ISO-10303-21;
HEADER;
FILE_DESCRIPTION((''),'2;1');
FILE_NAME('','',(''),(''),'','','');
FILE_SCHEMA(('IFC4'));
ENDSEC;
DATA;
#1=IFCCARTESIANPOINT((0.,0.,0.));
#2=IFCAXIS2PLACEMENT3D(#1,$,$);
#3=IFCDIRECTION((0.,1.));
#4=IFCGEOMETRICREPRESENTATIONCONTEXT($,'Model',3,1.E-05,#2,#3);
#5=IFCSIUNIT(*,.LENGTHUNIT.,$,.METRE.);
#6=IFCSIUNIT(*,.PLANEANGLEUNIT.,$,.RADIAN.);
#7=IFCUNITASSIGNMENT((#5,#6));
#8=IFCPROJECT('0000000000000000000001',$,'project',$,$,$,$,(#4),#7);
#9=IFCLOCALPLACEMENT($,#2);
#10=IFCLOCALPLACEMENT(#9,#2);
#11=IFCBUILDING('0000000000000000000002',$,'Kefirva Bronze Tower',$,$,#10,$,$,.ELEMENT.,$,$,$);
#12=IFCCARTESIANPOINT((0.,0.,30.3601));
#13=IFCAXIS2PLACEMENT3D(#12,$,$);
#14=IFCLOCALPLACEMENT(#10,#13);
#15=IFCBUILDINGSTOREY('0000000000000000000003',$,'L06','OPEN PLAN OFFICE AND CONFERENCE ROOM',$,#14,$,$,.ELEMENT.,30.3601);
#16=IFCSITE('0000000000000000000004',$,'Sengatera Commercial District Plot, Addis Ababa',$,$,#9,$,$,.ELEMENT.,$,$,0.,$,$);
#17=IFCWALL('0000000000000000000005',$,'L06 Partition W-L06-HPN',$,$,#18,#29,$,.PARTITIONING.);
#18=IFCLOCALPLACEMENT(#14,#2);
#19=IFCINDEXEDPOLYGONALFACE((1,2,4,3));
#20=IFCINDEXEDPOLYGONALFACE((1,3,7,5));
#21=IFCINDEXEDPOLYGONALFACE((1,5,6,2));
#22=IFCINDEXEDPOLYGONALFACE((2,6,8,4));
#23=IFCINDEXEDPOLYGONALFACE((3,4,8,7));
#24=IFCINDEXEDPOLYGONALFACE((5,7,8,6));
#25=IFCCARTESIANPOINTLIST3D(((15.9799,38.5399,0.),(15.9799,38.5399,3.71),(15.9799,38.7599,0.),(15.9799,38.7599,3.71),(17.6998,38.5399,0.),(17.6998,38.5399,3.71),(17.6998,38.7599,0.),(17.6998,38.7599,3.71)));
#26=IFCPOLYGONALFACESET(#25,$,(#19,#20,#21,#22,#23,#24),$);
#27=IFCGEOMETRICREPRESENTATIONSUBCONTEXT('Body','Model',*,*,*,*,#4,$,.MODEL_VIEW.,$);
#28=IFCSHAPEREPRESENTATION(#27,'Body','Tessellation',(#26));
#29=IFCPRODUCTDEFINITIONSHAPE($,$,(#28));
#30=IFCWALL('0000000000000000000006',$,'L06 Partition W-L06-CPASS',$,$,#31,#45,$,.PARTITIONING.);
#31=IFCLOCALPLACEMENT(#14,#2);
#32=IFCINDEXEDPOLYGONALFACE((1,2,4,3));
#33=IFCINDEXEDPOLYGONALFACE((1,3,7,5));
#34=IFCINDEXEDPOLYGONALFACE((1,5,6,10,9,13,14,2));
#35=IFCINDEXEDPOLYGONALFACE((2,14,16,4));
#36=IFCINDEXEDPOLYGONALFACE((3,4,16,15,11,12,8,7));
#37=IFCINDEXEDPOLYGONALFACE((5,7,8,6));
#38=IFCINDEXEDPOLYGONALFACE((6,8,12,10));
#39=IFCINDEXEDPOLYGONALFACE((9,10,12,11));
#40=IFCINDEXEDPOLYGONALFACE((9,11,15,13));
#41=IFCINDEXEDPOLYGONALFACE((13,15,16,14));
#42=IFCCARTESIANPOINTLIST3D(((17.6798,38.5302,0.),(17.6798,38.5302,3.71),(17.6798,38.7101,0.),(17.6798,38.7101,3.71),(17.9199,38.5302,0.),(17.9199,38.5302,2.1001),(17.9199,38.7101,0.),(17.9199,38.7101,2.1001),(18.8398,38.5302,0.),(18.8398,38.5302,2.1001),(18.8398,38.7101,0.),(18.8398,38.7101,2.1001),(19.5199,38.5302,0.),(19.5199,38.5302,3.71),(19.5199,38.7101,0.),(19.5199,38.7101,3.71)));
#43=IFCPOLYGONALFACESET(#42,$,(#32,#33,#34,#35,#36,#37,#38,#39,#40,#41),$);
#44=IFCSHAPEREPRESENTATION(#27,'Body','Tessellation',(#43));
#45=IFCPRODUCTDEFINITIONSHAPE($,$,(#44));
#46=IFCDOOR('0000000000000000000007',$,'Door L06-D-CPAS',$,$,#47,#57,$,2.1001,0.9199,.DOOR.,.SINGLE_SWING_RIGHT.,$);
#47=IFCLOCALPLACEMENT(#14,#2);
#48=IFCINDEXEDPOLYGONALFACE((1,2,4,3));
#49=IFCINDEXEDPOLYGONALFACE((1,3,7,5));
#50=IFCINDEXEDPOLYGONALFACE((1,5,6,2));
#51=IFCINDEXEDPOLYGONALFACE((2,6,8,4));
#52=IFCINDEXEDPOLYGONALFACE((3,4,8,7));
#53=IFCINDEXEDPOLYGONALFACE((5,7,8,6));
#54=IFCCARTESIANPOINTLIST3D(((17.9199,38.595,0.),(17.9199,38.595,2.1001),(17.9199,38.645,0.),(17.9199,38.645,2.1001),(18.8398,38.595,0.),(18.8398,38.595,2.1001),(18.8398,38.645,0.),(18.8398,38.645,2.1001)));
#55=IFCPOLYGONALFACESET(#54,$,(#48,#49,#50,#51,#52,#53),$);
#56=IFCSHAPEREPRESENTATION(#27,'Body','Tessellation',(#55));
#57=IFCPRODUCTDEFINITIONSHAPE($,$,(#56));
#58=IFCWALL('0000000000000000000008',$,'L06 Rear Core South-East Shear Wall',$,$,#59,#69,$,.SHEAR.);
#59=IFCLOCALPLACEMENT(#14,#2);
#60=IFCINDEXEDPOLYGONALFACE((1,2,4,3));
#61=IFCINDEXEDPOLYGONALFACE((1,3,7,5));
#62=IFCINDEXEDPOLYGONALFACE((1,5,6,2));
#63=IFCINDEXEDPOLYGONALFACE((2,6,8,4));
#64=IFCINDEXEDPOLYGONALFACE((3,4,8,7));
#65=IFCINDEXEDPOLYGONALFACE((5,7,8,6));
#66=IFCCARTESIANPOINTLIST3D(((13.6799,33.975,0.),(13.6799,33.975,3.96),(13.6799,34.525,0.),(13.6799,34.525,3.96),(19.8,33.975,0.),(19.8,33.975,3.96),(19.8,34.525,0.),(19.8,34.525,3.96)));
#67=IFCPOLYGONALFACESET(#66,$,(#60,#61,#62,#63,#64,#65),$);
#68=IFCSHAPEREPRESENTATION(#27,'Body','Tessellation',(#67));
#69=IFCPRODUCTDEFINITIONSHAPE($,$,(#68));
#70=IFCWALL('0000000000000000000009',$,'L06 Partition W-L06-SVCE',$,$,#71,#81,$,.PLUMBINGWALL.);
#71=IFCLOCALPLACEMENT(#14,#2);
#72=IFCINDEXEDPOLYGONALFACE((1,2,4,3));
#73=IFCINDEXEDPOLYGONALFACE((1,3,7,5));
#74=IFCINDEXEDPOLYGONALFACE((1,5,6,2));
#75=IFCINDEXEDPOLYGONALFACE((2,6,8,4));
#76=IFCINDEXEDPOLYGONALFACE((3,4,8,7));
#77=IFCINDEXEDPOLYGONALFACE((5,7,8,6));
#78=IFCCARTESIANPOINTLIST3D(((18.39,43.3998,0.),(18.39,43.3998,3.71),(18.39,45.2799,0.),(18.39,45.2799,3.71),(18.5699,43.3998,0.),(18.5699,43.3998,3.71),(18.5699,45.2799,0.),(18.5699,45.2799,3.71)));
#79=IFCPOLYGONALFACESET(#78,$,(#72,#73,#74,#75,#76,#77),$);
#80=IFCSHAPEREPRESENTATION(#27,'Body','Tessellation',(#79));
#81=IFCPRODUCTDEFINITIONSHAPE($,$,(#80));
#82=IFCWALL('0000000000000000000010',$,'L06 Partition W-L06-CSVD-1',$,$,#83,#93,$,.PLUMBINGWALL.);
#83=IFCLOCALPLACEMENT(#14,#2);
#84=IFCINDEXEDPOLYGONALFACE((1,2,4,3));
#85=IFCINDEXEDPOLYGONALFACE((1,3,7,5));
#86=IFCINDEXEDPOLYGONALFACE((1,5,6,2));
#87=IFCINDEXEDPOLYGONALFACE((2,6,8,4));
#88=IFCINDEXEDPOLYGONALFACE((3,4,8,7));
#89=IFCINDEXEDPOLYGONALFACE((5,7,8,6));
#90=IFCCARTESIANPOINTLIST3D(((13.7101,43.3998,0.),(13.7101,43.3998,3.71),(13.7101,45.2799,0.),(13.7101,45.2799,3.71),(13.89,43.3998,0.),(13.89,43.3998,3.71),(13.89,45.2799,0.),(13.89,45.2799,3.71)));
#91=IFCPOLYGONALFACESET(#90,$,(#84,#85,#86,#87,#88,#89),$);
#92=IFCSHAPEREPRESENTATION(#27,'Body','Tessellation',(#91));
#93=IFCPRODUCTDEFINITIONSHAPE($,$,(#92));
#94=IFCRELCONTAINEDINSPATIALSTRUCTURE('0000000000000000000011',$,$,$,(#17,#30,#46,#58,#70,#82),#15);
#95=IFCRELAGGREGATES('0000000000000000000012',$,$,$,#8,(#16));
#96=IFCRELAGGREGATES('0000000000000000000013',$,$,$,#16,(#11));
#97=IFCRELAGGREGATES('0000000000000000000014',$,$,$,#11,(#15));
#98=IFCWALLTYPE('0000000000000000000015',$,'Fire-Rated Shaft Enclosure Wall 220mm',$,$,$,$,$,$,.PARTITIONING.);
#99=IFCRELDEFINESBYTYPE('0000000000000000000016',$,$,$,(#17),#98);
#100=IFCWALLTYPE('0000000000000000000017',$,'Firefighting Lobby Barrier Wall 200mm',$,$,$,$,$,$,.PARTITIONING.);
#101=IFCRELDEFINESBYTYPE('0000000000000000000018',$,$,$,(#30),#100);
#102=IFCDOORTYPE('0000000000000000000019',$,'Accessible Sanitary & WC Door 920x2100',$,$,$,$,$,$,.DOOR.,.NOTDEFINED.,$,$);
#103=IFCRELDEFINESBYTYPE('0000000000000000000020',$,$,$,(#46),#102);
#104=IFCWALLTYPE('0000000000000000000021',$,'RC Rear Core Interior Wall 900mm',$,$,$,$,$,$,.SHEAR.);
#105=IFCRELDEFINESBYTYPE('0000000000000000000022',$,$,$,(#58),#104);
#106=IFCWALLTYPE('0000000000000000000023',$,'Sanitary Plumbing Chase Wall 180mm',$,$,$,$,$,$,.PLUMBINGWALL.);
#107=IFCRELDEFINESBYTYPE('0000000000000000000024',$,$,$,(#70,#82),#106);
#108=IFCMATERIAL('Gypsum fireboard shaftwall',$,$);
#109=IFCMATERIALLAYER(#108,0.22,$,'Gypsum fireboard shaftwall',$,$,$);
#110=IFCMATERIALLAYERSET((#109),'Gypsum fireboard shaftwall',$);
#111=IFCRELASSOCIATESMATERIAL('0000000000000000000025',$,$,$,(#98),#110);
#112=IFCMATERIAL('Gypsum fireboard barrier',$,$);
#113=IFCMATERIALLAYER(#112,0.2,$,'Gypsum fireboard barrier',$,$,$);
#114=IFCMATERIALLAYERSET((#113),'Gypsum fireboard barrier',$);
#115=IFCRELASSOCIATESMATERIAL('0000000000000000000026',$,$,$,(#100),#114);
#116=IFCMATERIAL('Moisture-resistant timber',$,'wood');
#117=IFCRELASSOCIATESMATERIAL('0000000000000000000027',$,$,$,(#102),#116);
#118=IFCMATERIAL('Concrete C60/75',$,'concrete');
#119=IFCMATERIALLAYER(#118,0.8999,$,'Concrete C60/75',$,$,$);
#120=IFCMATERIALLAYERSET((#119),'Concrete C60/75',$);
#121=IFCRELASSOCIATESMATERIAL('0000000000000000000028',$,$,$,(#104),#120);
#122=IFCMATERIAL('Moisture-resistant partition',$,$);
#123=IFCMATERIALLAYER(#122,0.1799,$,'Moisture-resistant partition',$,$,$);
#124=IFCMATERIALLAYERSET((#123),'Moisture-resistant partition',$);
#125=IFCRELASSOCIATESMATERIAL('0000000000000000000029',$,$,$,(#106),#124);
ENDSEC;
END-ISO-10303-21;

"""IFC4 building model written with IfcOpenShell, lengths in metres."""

from ifc_helpers import new_model, si_unit, direction, frame, frame_2d, origin, place, context, subcontext, project, spatial, rectangle, extrude, material, layer, layer_set, type_object, element, fill, save


model = new_model("IFC4")

# Units and contexts
model_context = context("Model", 3, precision=1e-05, world=origin(), true_north=direction((0.0, 1.0)))
body_context = subcontext(model_context, "Body", "Model", "MODEL_VIEW")
ifc_project = project(units=[si_unit("LENGTHUNIT", "METRE"), si_unit("PLANEANGLEUNIT", "RADIAN")], contexts=[model_context])

# Site, building, storey
site_placement = place(None, origin())
site = spatial("IfcSite", under=ifc_project, at=site_placement, Name="Sengatera Commercial District Plot, Addis Ababa", CompositionType="ELEMENT", RefElevation=0.0)
building_placement = place(site_placement, origin())
building = spatial("IfcBuilding", under=site, at=building_placement, Name="Kefirva Bronze Tower", CompositionType="ELEMENT")
storey_placement = place(building_placement, frame((0.0, 0.0, 30.3601)))
storey = spatial("IfcBuildingStorey", under=building, at=storey_placement, Name="L06", Description="OPEN PLAN OFFICE AND CONFERENCE ROOM", CompositionType="ELEMENT", Elevation=30.3601)

# Shared definitions
ifc_material_1 = material(Name="Concrete C60/75", Category="concrete")

# Shared definitions
ifc_material_2 = material(Name="Gypsum fireboard shaftwall")
ifc_layer_1 = layer(ifc_material_2, 0.22, Name="Gypsum fireboard shaftwall")
ifc_layer_set_1 = layer_set([ifc_layer_1], Name="Gypsum fireboard shaftwall")
wall_type_1 = type_object("IfcWallType", Name="Fire-Rated Shaft Enclosure Wall 220mm", PredefinedType="PARTITIONING", material=ifc_layer_set_1)

# Wall
wall_1_placement = place(storey_placement, frame((15.98, 38.6499, 0.0), z_axis=(0.0, 0.0, 1.0), x_axis=(1.0, 0.0, 0.0)))
element("IfcWall", 1, at=wall_1_placement, inside=storey, type_object=wall_type_1, Name="L06 Partition W-L06-HPN", PredefinedType="PARTITIONING", context=body_context, shape_type="SweptSolid", body=[
    extrude(rectangle(XDim=1.72, YDim=0.22, at=frame_2d((0.8599, 0.0))), origin(), (0.0, 0.0, 1.0), 3.71),
])

# Wall, opening, door
ifc_material_3 = material(Name="Gypsum fireboard barrier")
ifc_layer_2 = layer(ifc_material_3, 0.2, Name="Gypsum fireboard barrier")
ifc_layer_set_2 = layer_set([ifc_layer_2], Name="Gypsum fireboard barrier")
wall_type_2 = type_object("IfcWallType", Name="Firefighting Lobby Barrier Wall 200mm", PredefinedType="PARTITIONING", material=ifc_layer_set_2)
wall_2_placement = place(storey_placement, frame((17.6799, 38.6201, 0.0), z_axis=(0.0, 0.0, 1.0), x_axis=(1.0, 0.0, 0.0)))
wall_2 = element("IfcWall", 2, at=wall_2_placement, inside=storey, type_object=wall_type_2, Name="L06 Partition W-L06-CPASS", PredefinedType="PARTITIONING", context=body_context, shape_type="SweptSolid", body=[
    extrude(rectangle(XDim=1.8401, YDim=0.1799, at=frame_2d((0.9199, 0.0))), origin(), (0.0, 0.0, 1.0), 3.71),
])
opening_1_placement = place(wall_2_placement, frame((0.24, 0.0, 0.0)))
opening_1 = element("IfcOpeningElement", 3, at=opening_1_placement, cuts=wall_2, PredefinedType="OPENING", context=body_context, shape_type="SweptSolid", body=[
    extrude(rectangle(XDim=0.9199, YDim=2.1001, at=frame_2d((0.46, 1.05))), frame((0.0, 0.1001, 0.0), z_axis=(0.0, -1.0, 0.0), x_axis=(1.0, 0.0, 0.0)), (0.0, 0.0, 1.0), 0.2),
])
ifc_material_4 = material(Name="Moisture-resistant timber", Category="wood")
door_type_1 = type_object("IfcDoorType", Name="Accessible Sanitary & WC Door 920x2100", OperationType="NOTDEFINED", PredefinedType="DOOR", material=ifc_material_4)
door_1_placement = place(opening_1_placement, origin())
door_1 = element("IfcDoor", 4, at=door_1_placement, inside=storey, type_object=door_type_1, Name="Door L06-D-CPAS", OperationType="SINGLE_SWING_RIGHT", OverallHeight=2.1001, OverallWidth=0.9199, PredefinedType="DOOR", context=body_context, shape_type="SweptSolid", body=[
    extrude(rectangle(XDim=0.9199, YDim=2.1001, at=frame_2d((0.46, 1.05))), frame((0.0, 0.0249, 0.0), z_axis=(0.0, -1.0, 0.0), x_axis=(1.0, 0.0, 0.0)), (0.0, 0.0, 1.0), 0.05),
])
fill(opening_1, door_1)

# Walls
ifc_layer_3 = layer(ifc_material_1, 0.8999, Name="Concrete C60/75")
ifc_layer_set_3 = layer_set([ifc_layer_3], Name="Concrete C60/75")
wall_type_3 = type_object("IfcWallType", Name="RC Rear Core Interior Wall 900mm", PredefinedType="SHEAR", material=ifc_layer_set_3)
wall_3_placement = place(storey_placement, frame((13.6799, 34.25, 0.0), z_axis=(0.0, 0.0, 1.0), x_axis=(1.0, 0.0, 0.0)))
element("IfcWall", 5, at=wall_3_placement, inside=storey, type_object=wall_type_3, Name="L06 Rear Core South-East Shear Wall", PredefinedType="SHEAR", context=body_context, shape_type="SweptSolid", body=[
    extrude(rectangle(XDim=6.1201, YDim=0.55, at=frame_2d((3.0601, 0.0))), origin(), (0.0, 0.0, 1.0), 3.96),
])
ifc_material_5 = material(Name="Moisture-resistant partition")
ifc_layer_4 = layer(ifc_material_5, 0.1799, Name="Moisture-resistant partition")
ifc_layer_set_4 = layer_set([ifc_layer_4], Name="Moisture-resistant partition")
wall_type_4 = type_object("IfcWallType", Name="Sanitary Plumbing Chase Wall 180mm", PredefinedType="PLUMBINGWALL", material=ifc_layer_set_4)
for number, where, z_axis, x_axis, name in (
    (6, (18.48, 43.3999, 0.0), (0.0, 0.0, 1.0), (0.0, 1.0, 0.0), "L06 Partition W-L06-SVCE"),
    (7, (13.8, 43.3999, 0.0), (0.0, 0.0, 1.0), (0.0, 1.0, 0.0), "L06 Partition W-L06-CSVD-1"),
):
    element("IfcWall", number, at=place(storey_placement, frame(where, z_axis=z_axis, x_axis=x_axis)), inside=storey, type_object=wall_type_4, Name=name, PredefinedType="PLUMBINGWALL", context=body_context, shape_type="SweptSolid", body=[
        extrude(rectangle(XDim=1.8801, YDim=0.1799, at=frame_2d((0.9399, 0.0))), origin(), (0.0, 0.0, 1.0), 3.71),
    ])

save(model, "model.ifc")
